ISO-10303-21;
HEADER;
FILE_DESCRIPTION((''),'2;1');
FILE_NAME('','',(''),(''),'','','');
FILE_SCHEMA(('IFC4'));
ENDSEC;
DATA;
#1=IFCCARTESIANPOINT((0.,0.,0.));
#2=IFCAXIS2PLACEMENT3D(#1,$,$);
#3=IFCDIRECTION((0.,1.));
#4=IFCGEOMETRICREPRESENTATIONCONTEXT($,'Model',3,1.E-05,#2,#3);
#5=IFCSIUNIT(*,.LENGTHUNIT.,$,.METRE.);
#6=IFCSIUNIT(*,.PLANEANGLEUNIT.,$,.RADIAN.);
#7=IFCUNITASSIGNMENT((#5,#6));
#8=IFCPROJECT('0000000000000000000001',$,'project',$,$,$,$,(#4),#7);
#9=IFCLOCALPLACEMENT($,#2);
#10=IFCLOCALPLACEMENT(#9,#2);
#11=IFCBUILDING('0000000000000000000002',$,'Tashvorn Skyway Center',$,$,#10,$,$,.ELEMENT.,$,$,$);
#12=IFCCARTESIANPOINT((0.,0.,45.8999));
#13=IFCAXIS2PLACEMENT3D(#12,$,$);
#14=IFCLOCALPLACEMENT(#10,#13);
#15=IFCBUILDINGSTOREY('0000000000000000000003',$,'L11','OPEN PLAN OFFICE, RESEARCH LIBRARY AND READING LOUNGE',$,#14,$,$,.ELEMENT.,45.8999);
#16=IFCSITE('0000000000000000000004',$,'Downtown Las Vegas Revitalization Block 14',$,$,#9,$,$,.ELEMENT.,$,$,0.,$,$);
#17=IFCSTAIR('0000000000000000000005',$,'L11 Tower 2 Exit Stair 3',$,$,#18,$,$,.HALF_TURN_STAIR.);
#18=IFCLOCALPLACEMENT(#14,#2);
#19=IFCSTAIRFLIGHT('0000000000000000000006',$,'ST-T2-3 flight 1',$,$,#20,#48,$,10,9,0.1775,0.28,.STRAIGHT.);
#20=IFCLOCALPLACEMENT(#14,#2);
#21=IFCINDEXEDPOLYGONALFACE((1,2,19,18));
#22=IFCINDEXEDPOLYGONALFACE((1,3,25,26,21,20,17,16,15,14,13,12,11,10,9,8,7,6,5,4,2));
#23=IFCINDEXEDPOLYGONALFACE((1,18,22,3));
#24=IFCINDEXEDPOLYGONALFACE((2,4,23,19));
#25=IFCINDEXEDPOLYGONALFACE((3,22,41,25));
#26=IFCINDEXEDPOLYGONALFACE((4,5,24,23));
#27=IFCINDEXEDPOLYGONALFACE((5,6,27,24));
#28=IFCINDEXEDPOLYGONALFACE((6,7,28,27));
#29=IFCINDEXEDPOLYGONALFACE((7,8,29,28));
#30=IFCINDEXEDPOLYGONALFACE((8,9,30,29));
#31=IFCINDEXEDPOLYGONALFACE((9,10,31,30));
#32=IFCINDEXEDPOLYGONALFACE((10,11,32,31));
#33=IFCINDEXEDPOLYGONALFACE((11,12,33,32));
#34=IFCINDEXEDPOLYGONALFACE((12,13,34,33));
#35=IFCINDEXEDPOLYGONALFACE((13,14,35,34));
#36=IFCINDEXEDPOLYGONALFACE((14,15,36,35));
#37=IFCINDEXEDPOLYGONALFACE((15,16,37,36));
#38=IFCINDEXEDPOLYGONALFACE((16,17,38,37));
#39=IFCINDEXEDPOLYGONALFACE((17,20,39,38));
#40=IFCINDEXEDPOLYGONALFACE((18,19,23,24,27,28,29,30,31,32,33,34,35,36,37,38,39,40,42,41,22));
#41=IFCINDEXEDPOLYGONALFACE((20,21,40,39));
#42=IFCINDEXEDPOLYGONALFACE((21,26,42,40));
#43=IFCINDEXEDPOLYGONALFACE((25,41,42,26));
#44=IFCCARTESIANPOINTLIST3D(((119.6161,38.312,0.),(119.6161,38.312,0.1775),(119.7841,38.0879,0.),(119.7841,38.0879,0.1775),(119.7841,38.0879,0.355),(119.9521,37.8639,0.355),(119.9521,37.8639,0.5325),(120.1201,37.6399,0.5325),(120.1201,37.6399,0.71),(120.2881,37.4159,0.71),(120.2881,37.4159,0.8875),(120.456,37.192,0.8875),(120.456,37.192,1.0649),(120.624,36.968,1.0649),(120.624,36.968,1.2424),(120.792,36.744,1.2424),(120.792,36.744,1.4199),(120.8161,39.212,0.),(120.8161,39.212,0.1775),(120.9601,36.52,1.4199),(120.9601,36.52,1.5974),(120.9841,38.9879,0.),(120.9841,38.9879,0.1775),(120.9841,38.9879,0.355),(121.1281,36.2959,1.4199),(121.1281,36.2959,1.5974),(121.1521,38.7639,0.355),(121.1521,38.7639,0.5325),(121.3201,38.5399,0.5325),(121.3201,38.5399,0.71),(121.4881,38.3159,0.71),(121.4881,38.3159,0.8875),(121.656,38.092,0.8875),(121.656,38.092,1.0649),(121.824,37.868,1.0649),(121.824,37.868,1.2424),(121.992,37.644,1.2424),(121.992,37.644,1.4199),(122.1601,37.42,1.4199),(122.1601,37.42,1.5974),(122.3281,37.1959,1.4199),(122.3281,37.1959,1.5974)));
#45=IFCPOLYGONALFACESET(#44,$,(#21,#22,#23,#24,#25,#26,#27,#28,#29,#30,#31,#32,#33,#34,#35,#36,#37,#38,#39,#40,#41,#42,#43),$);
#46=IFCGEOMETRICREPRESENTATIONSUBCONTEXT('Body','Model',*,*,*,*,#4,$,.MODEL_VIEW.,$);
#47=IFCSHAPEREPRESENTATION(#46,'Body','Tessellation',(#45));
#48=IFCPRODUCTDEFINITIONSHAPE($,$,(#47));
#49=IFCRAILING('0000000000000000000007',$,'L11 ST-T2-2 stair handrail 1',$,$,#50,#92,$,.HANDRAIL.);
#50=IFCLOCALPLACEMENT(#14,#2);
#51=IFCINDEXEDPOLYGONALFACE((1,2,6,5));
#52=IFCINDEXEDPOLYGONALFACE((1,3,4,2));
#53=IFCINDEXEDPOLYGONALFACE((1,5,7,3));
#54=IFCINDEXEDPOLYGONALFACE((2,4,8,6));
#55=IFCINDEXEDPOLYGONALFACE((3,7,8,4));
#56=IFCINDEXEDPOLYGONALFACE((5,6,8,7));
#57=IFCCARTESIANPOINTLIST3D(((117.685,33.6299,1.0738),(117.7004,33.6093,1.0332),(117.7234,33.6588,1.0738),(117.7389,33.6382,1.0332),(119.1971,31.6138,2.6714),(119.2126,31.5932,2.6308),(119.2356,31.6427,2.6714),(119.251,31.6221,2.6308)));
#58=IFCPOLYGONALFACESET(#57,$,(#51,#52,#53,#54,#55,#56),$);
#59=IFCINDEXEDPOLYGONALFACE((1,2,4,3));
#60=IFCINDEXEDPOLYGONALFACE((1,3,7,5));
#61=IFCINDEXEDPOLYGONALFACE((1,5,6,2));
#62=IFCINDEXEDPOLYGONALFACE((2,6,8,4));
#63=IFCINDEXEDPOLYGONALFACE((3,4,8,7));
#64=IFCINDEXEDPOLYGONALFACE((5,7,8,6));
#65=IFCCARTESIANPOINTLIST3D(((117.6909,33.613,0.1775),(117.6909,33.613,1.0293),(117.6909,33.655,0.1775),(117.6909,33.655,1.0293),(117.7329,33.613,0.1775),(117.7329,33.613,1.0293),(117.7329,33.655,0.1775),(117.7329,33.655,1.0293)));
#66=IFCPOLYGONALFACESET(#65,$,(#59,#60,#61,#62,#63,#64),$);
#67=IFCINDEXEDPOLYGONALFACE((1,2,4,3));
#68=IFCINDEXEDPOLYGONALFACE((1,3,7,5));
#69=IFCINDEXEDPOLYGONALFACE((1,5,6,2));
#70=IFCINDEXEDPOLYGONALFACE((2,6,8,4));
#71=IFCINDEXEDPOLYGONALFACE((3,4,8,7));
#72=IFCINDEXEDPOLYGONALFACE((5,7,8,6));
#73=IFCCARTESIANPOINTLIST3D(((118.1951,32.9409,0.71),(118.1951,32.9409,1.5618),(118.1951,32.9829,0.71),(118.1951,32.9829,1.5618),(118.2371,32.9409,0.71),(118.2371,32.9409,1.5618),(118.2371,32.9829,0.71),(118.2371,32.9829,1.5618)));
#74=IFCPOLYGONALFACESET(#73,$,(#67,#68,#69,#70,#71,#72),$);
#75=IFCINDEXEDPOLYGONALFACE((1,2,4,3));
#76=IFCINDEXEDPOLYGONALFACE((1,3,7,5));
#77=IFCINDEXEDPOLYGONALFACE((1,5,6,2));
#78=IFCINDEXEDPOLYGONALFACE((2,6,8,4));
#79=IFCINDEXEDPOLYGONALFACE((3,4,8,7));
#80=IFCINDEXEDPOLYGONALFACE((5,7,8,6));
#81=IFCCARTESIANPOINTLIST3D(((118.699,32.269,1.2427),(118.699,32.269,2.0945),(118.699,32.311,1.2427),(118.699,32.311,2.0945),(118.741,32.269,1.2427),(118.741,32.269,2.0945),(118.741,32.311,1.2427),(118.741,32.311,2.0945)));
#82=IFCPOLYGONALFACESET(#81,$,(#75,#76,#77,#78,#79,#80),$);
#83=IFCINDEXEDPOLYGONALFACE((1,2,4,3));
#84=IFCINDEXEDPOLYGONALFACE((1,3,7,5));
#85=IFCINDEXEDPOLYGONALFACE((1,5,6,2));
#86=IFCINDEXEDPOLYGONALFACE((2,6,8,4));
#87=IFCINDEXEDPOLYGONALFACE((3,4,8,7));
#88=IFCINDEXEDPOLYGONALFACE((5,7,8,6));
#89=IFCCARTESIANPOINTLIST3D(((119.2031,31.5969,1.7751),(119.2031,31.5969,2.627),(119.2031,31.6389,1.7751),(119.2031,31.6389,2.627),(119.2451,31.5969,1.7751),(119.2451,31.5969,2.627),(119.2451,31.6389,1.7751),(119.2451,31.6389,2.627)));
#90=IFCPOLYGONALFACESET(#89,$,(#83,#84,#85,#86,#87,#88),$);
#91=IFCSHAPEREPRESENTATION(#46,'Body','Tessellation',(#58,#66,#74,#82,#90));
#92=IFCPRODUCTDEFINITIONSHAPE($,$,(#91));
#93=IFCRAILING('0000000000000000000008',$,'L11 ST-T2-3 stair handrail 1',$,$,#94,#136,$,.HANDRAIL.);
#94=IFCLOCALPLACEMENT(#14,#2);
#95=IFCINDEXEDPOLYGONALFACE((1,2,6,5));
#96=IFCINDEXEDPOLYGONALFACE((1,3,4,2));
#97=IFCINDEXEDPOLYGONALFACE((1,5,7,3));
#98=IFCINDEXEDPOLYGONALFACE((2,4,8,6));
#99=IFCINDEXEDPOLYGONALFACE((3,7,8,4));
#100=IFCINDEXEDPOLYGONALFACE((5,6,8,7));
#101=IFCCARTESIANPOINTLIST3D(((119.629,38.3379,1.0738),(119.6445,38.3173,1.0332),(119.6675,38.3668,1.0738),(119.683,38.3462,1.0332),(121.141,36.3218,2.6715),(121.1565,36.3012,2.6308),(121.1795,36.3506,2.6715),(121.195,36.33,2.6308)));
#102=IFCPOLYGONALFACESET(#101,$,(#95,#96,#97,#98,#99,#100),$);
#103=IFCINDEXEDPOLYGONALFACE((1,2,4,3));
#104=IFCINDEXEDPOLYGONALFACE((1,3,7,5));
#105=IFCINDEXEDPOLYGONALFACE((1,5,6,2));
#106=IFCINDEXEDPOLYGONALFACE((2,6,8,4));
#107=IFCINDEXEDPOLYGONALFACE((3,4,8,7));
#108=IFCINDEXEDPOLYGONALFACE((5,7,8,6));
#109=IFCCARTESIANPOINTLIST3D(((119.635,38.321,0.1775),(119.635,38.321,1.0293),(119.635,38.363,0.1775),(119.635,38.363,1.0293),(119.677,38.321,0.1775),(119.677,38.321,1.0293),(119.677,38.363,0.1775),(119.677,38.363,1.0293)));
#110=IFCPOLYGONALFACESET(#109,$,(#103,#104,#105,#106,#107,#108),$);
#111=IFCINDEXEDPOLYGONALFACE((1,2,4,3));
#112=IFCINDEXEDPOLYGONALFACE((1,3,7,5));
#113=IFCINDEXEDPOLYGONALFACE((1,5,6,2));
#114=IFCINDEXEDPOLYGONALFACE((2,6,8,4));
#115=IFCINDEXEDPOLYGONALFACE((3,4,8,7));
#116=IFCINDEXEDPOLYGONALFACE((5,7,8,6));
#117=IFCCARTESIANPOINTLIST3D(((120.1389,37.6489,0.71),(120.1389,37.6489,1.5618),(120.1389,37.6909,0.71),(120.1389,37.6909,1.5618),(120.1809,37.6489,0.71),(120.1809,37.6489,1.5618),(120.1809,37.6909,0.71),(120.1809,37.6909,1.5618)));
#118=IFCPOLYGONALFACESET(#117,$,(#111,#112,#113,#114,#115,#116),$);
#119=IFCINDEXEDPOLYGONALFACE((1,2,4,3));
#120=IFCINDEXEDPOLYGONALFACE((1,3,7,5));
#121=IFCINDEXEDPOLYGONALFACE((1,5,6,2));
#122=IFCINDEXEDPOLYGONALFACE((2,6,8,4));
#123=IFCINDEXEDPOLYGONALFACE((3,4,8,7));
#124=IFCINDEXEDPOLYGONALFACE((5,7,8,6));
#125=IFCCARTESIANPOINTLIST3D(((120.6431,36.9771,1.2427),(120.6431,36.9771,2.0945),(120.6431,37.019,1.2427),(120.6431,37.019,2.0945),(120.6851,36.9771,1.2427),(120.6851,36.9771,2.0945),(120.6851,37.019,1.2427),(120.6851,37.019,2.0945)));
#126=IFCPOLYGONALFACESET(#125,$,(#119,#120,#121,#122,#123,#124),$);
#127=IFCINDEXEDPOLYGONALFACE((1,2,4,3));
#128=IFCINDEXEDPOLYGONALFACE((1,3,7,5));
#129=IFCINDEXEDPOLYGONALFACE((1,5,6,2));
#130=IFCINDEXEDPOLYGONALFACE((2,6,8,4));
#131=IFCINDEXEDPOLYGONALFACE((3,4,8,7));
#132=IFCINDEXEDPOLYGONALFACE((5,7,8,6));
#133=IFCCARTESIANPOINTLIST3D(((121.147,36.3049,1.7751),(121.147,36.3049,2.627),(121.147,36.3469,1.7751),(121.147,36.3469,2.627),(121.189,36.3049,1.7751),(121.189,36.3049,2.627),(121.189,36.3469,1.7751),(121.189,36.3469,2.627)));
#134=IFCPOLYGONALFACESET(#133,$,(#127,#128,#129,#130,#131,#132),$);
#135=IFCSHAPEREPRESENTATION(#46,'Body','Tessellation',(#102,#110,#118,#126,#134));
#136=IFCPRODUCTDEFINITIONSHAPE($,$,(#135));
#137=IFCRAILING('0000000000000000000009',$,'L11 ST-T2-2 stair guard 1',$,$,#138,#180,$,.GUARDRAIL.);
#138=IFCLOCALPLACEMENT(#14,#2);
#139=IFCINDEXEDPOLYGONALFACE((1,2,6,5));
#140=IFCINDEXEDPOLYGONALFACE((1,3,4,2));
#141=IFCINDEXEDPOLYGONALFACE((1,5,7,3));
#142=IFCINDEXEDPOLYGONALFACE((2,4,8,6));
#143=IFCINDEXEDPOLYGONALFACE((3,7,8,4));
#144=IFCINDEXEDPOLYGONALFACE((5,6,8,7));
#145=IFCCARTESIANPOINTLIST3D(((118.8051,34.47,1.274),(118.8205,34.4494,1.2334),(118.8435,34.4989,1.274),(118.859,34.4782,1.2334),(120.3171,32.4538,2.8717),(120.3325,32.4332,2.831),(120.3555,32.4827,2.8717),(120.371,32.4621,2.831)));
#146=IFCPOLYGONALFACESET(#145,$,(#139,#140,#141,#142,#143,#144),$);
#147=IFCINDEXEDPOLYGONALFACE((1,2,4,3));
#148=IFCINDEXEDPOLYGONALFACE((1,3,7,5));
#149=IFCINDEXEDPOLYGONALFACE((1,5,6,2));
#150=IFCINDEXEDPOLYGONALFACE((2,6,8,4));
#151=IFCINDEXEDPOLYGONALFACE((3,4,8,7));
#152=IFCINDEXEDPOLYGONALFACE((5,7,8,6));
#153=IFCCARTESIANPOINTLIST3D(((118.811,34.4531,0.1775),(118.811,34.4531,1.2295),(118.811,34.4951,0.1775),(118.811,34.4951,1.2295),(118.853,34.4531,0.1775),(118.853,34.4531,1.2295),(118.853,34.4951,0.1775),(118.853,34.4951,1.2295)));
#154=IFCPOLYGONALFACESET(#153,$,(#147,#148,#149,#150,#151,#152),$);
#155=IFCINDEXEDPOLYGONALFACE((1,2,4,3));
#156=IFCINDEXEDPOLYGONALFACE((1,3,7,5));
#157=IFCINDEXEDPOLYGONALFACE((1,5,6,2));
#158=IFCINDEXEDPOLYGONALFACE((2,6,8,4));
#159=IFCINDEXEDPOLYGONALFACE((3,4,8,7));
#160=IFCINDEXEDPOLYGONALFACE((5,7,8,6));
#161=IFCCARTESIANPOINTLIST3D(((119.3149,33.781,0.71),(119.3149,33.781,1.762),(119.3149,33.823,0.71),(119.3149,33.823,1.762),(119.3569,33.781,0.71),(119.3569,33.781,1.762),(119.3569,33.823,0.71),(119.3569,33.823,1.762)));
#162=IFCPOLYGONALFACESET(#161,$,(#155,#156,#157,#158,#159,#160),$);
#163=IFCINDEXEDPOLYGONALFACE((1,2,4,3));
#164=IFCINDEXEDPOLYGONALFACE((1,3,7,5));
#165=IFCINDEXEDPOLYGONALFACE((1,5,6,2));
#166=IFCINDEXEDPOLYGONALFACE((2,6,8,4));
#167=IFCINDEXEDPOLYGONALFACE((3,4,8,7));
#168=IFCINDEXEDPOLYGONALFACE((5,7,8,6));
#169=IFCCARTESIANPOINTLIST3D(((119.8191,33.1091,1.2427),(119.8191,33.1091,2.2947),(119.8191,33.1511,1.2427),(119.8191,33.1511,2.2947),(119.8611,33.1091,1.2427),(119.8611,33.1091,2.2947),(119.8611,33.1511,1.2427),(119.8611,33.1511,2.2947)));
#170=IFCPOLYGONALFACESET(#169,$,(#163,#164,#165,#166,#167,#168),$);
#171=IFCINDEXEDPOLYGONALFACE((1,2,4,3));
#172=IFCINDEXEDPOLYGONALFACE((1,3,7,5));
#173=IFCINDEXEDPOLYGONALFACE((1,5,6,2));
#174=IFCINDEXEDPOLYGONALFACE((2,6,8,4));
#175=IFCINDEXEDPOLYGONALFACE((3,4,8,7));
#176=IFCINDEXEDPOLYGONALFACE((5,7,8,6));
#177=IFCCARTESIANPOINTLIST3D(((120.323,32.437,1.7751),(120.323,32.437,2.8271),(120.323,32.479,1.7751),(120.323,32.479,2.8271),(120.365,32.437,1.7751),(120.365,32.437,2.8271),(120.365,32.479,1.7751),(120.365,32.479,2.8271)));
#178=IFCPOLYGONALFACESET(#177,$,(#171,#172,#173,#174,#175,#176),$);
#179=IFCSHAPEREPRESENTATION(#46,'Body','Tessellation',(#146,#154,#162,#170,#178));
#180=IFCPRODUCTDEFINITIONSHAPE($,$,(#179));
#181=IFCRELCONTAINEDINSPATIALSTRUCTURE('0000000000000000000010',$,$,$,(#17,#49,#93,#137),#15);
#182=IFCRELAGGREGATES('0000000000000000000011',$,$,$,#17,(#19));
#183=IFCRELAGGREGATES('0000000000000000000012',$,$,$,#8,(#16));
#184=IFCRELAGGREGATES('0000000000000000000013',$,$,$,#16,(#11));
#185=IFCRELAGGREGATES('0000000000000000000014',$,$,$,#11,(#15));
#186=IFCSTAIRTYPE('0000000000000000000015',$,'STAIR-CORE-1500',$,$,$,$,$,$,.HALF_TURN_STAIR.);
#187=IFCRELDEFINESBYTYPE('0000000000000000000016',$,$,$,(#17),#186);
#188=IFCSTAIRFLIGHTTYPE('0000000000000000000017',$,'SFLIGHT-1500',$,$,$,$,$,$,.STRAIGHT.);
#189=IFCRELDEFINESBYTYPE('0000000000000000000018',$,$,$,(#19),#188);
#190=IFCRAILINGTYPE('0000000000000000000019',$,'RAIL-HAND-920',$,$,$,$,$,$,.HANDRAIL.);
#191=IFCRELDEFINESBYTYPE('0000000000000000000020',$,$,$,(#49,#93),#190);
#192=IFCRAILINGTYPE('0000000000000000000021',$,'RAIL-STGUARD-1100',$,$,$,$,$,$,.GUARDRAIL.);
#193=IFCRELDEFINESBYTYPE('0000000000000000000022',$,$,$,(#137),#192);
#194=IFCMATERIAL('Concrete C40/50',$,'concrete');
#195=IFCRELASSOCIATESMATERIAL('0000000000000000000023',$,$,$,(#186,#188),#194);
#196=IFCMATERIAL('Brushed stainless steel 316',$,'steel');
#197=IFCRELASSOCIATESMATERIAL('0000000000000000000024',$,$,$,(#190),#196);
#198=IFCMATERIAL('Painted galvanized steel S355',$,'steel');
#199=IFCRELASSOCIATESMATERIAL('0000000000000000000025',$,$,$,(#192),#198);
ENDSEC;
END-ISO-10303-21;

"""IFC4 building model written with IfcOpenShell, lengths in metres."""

from ifc_helpers import new_model, si_unit, direction, frame, origin, origin_2d, place, context, subcontext, project, spatial, polyline, rectangle, outline, extrude, material, type_object, element, aggregate, save


model = new_model("IFC4")

# Units and contexts
model_context = context("Model", 3, precision=1e-05, world=origin(), true_north=direction((0.0, 1.0)))
body_context = subcontext(model_context, "Body", "Model", "MODEL_VIEW")
ifc_project = project(units=[si_unit("LENGTHUNIT", "METRE"), si_unit("PLANEANGLEUNIT", "RADIAN")], contexts=[model_context])

# Site, building, storey
site_placement = place(None, origin())
site = spatial("IfcSite", under=ifc_project, at=site_placement, Name="Downtown Las Vegas Revitalization Block 14", CompositionType="ELEMENT", RefElevation=0.0)
building_placement = place(site_placement, origin())
building = spatial("IfcBuilding", under=site, at=building_placement, Name="Tashvorn Skyway Center", CompositionType="ELEMENT")
storey_placement = place(building_placement, frame((0.0, 0.0, 45.8999)))
storey = spatial("IfcBuildingStorey", under=building, at=storey_placement, Name="L11", Description="OPEN PLAN OFFICE, RESEARCH LIBRARY AND READING LOUNGE", CompositionType="ELEMENT", Elevation=45.8999)

# Shared definitions
ifc_material_1 = material(Name="Concrete C40/50", Category="concrete")

# Shared definitions
stair_type = type_object("IfcStairType", Name="STAIR-CORE-1500", PredefinedType="HALF_TURN_STAIR", material=ifc_material_1)
stair_flight_type = type_object("IfcStairFlightType", Name="SFLIGHT-1500", PredefinedType="STRAIGHT", material=ifc_material_1)

# Stair, stair flight
stair_1_placement = place(storey_placement, origin())
stair_1 = element("IfcStair", 1, at=stair_1_placement, inside=storey, type_object=stair_type, Name="L11 Tower 2 Exit Stair 3", PredefinedType="HALF_TURN_STAIR")
stair_flight_1_placement = place(storey_placement, frame((120.2161, 38.762, 0.0), z_axis=(0.0, 0.0, 1.0), x_axis=(0.6, -0.8, 0.0)))
stair_flight_1 = element("IfcStairFlight", 2, at=stair_flight_1_placement, type_object=stair_flight_type, Name="ST-T2-3 flight 1", NumberOfRisers=10, NumberOfTreads=9, PredefinedType="STRAIGHT", RiserHeight=0.1775, TreadLength=0.28, context=body_context, shape_type="SweptSolid", body=[
    extrude(outline(polyline([(0.0, 0.0), (0.0, 0.1775), (0.28, 0.1775), (0.28, 0.355), (0.5601, 0.355), (0.5601, 0.5325), (0.8401, 0.5325), (0.8401, 0.71), (1.1201, 0.71), (1.1201, 0.8875), (1.3999, 0.8875), (1.3999, 1.0649), (1.6799, 1.0649), (1.6799, 1.2424), (1.96, 1.2424), (1.96, 1.4199), (2.24, 1.4199), (2.24, 1.5974), (2.52, 1.5974), (2.52, 1.7749), (2.52, 1.4199), (0.28, 0.0), (0.0, 0.0)])), frame((0.0, 0.75, 0.0), z_axis=(0.0, -1.0, 0.0), x_axis=(1.0, 0.0, 0.0)), (0.0, 0.0, 1.0), 1.5),
])
aggregate(stair_1, [stair_flight_1])

# Railings
ifc_material_2 = material(Name="Brushed stainless steel 316", Category="steel")
railing_type_1 = type_object("IfcRailingType", Name="RAIL-HAND-920", PredefinedType="HANDRAIL", material=ifc_material_2)
railing_1_placement = place(storey_placement, frame((117.7119, 33.634, 0.1775)))
element("IfcRailing", 3, at=railing_1_placement, inside=storey, type_object=railing_type_1, Name="L11 ST-T2-2 stair handrail 1", PredefinedType="HANDRAIL", context=body_context, shape_type="SweptSolid", body=[
    extrude(rectangle(XDim=0.0481, YDim=0.0481, at=origin_2d()), frame((0.0, 0.0, 0.876), z_axis=(0.506779, -0.675651, 0.535416), x_axis=(0.799977, 0.600031, 0.0)), (0.0, 0.0, 1.0), 2.9839),
    extrude(rectangle(XDim=0.042, YDim=0.042, at=origin_2d()), origin(), (0.0, 0.0, 1.0), 0.8518),
    extrude(rectangle(XDim=0.042, YDim=0.042, at=origin_2d()), frame((0.5042, -0.6721, 0.5325)), (0.0, 0.0, 1.0), 0.8518),
    extrude(rectangle(XDim=0.042, YDim=0.042, at=origin_2d()), frame((1.0081, -1.344, 1.0652)), (0.0, 0.0, 1.0), 0.8518),
    extrude(rectangle(XDim=0.042, YDim=0.042, at=origin_2d()), frame((1.5122, -2.0161, 1.5977)), (0.0, 0.0, 1.0), 0.8518),
])
railing_2_placement = place(storey_placement, frame((119.656, 38.342, 0.1775)))
element("IfcRailing", 4, at=railing_2_placement, inside=storey, type_object=railing_type_1, Name="L11 ST-T2-3 stair handrail 1", PredefinedType="HANDRAIL", context=body_context, shape_type="SweptSolid", body=[
    extrude(rectangle(XDim=0.0481, YDim=0.0481, at=origin_2d()), frame((0.0, 0.0, 0.876), z_axis=(0.506719, -0.675679, 0.535438), x_axis=(0.800023, 0.599969, 0.0)), (0.0, 0.0, 1.0), 2.9839),
    extrude(rectangle(XDim=0.042, YDim=0.042, at=origin_2d()), origin(), (0.0, 0.0, 1.0), 0.8518),
    extrude(rectangle(XDim=0.042, YDim=0.042, at=origin_2d()), frame((0.5039, -0.6721, 0.5325)), (0.0, 0.0, 1.0), 0.8518),
    extrude(rectangle(XDim=0.042, YDim=0.042, at=origin_2d()), frame((1.0081, -1.344, 1.0652)), (0.0, 0.0, 1.0), 0.8518),
    extrude(rectangle(XDim=0.042, YDim=0.042, at=origin_2d()), frame((1.512, -2.0161, 1.5977)), (0.0, 0.0, 1.0), 0.8518),
])
ifc_material_3 = material(Name="Painted galvanized steel S355", Category="steel")
railing_type_2 = type_object("IfcRailingType", Name="RAIL-STGUARD-1100", PredefinedType="GUARDRAIL", material=ifc_material_3)
railing_3_placement = place(storey_placement, frame((118.832, 34.4741, 0.1775)))
element("IfcRailing", 5, at=railing_3_placement, inside=storey, type_object=railing_type_2, Name="L11 ST-T2-2 stair guard 1", PredefinedType="GUARDRAIL", context=body_context, shape_type="SweptSolid", body=[
    extrude(rectangle(XDim=0.0481, YDim=0.0481, at=origin_2d()), frame((0.0, 0.0, 1.0762), z_axis=(0.506719, -0.675679, 0.535438), x_axis=(0.800023, 0.599969, 0.0)), (0.0, 0.0, 1.0), 2.9839),
    extrude(rectangle(XDim=0.042, YDim=0.042, at=origin_2d()), origin(), (0.0, 0.0, 1.0), 1.052),
    extrude(rectangle(XDim=0.042, YDim=0.042, at=origin_2d()), frame((0.5039, -0.6721, 0.5325)), (0.0, 0.0, 1.0), 1.052),
    extrude(rectangle(XDim=0.042, YDim=0.042, at=origin_2d()), frame((1.0081, -1.344, 1.0652)), (0.0, 0.0, 1.0), 1.052),
    extrude(rectangle(XDim=0.042, YDim=0.042, at=origin_2d()), frame((1.512, -2.0161, 1.5977)), (0.0, 0.0, 1.0), 1.052),
])

save(model, "model.ifc")
